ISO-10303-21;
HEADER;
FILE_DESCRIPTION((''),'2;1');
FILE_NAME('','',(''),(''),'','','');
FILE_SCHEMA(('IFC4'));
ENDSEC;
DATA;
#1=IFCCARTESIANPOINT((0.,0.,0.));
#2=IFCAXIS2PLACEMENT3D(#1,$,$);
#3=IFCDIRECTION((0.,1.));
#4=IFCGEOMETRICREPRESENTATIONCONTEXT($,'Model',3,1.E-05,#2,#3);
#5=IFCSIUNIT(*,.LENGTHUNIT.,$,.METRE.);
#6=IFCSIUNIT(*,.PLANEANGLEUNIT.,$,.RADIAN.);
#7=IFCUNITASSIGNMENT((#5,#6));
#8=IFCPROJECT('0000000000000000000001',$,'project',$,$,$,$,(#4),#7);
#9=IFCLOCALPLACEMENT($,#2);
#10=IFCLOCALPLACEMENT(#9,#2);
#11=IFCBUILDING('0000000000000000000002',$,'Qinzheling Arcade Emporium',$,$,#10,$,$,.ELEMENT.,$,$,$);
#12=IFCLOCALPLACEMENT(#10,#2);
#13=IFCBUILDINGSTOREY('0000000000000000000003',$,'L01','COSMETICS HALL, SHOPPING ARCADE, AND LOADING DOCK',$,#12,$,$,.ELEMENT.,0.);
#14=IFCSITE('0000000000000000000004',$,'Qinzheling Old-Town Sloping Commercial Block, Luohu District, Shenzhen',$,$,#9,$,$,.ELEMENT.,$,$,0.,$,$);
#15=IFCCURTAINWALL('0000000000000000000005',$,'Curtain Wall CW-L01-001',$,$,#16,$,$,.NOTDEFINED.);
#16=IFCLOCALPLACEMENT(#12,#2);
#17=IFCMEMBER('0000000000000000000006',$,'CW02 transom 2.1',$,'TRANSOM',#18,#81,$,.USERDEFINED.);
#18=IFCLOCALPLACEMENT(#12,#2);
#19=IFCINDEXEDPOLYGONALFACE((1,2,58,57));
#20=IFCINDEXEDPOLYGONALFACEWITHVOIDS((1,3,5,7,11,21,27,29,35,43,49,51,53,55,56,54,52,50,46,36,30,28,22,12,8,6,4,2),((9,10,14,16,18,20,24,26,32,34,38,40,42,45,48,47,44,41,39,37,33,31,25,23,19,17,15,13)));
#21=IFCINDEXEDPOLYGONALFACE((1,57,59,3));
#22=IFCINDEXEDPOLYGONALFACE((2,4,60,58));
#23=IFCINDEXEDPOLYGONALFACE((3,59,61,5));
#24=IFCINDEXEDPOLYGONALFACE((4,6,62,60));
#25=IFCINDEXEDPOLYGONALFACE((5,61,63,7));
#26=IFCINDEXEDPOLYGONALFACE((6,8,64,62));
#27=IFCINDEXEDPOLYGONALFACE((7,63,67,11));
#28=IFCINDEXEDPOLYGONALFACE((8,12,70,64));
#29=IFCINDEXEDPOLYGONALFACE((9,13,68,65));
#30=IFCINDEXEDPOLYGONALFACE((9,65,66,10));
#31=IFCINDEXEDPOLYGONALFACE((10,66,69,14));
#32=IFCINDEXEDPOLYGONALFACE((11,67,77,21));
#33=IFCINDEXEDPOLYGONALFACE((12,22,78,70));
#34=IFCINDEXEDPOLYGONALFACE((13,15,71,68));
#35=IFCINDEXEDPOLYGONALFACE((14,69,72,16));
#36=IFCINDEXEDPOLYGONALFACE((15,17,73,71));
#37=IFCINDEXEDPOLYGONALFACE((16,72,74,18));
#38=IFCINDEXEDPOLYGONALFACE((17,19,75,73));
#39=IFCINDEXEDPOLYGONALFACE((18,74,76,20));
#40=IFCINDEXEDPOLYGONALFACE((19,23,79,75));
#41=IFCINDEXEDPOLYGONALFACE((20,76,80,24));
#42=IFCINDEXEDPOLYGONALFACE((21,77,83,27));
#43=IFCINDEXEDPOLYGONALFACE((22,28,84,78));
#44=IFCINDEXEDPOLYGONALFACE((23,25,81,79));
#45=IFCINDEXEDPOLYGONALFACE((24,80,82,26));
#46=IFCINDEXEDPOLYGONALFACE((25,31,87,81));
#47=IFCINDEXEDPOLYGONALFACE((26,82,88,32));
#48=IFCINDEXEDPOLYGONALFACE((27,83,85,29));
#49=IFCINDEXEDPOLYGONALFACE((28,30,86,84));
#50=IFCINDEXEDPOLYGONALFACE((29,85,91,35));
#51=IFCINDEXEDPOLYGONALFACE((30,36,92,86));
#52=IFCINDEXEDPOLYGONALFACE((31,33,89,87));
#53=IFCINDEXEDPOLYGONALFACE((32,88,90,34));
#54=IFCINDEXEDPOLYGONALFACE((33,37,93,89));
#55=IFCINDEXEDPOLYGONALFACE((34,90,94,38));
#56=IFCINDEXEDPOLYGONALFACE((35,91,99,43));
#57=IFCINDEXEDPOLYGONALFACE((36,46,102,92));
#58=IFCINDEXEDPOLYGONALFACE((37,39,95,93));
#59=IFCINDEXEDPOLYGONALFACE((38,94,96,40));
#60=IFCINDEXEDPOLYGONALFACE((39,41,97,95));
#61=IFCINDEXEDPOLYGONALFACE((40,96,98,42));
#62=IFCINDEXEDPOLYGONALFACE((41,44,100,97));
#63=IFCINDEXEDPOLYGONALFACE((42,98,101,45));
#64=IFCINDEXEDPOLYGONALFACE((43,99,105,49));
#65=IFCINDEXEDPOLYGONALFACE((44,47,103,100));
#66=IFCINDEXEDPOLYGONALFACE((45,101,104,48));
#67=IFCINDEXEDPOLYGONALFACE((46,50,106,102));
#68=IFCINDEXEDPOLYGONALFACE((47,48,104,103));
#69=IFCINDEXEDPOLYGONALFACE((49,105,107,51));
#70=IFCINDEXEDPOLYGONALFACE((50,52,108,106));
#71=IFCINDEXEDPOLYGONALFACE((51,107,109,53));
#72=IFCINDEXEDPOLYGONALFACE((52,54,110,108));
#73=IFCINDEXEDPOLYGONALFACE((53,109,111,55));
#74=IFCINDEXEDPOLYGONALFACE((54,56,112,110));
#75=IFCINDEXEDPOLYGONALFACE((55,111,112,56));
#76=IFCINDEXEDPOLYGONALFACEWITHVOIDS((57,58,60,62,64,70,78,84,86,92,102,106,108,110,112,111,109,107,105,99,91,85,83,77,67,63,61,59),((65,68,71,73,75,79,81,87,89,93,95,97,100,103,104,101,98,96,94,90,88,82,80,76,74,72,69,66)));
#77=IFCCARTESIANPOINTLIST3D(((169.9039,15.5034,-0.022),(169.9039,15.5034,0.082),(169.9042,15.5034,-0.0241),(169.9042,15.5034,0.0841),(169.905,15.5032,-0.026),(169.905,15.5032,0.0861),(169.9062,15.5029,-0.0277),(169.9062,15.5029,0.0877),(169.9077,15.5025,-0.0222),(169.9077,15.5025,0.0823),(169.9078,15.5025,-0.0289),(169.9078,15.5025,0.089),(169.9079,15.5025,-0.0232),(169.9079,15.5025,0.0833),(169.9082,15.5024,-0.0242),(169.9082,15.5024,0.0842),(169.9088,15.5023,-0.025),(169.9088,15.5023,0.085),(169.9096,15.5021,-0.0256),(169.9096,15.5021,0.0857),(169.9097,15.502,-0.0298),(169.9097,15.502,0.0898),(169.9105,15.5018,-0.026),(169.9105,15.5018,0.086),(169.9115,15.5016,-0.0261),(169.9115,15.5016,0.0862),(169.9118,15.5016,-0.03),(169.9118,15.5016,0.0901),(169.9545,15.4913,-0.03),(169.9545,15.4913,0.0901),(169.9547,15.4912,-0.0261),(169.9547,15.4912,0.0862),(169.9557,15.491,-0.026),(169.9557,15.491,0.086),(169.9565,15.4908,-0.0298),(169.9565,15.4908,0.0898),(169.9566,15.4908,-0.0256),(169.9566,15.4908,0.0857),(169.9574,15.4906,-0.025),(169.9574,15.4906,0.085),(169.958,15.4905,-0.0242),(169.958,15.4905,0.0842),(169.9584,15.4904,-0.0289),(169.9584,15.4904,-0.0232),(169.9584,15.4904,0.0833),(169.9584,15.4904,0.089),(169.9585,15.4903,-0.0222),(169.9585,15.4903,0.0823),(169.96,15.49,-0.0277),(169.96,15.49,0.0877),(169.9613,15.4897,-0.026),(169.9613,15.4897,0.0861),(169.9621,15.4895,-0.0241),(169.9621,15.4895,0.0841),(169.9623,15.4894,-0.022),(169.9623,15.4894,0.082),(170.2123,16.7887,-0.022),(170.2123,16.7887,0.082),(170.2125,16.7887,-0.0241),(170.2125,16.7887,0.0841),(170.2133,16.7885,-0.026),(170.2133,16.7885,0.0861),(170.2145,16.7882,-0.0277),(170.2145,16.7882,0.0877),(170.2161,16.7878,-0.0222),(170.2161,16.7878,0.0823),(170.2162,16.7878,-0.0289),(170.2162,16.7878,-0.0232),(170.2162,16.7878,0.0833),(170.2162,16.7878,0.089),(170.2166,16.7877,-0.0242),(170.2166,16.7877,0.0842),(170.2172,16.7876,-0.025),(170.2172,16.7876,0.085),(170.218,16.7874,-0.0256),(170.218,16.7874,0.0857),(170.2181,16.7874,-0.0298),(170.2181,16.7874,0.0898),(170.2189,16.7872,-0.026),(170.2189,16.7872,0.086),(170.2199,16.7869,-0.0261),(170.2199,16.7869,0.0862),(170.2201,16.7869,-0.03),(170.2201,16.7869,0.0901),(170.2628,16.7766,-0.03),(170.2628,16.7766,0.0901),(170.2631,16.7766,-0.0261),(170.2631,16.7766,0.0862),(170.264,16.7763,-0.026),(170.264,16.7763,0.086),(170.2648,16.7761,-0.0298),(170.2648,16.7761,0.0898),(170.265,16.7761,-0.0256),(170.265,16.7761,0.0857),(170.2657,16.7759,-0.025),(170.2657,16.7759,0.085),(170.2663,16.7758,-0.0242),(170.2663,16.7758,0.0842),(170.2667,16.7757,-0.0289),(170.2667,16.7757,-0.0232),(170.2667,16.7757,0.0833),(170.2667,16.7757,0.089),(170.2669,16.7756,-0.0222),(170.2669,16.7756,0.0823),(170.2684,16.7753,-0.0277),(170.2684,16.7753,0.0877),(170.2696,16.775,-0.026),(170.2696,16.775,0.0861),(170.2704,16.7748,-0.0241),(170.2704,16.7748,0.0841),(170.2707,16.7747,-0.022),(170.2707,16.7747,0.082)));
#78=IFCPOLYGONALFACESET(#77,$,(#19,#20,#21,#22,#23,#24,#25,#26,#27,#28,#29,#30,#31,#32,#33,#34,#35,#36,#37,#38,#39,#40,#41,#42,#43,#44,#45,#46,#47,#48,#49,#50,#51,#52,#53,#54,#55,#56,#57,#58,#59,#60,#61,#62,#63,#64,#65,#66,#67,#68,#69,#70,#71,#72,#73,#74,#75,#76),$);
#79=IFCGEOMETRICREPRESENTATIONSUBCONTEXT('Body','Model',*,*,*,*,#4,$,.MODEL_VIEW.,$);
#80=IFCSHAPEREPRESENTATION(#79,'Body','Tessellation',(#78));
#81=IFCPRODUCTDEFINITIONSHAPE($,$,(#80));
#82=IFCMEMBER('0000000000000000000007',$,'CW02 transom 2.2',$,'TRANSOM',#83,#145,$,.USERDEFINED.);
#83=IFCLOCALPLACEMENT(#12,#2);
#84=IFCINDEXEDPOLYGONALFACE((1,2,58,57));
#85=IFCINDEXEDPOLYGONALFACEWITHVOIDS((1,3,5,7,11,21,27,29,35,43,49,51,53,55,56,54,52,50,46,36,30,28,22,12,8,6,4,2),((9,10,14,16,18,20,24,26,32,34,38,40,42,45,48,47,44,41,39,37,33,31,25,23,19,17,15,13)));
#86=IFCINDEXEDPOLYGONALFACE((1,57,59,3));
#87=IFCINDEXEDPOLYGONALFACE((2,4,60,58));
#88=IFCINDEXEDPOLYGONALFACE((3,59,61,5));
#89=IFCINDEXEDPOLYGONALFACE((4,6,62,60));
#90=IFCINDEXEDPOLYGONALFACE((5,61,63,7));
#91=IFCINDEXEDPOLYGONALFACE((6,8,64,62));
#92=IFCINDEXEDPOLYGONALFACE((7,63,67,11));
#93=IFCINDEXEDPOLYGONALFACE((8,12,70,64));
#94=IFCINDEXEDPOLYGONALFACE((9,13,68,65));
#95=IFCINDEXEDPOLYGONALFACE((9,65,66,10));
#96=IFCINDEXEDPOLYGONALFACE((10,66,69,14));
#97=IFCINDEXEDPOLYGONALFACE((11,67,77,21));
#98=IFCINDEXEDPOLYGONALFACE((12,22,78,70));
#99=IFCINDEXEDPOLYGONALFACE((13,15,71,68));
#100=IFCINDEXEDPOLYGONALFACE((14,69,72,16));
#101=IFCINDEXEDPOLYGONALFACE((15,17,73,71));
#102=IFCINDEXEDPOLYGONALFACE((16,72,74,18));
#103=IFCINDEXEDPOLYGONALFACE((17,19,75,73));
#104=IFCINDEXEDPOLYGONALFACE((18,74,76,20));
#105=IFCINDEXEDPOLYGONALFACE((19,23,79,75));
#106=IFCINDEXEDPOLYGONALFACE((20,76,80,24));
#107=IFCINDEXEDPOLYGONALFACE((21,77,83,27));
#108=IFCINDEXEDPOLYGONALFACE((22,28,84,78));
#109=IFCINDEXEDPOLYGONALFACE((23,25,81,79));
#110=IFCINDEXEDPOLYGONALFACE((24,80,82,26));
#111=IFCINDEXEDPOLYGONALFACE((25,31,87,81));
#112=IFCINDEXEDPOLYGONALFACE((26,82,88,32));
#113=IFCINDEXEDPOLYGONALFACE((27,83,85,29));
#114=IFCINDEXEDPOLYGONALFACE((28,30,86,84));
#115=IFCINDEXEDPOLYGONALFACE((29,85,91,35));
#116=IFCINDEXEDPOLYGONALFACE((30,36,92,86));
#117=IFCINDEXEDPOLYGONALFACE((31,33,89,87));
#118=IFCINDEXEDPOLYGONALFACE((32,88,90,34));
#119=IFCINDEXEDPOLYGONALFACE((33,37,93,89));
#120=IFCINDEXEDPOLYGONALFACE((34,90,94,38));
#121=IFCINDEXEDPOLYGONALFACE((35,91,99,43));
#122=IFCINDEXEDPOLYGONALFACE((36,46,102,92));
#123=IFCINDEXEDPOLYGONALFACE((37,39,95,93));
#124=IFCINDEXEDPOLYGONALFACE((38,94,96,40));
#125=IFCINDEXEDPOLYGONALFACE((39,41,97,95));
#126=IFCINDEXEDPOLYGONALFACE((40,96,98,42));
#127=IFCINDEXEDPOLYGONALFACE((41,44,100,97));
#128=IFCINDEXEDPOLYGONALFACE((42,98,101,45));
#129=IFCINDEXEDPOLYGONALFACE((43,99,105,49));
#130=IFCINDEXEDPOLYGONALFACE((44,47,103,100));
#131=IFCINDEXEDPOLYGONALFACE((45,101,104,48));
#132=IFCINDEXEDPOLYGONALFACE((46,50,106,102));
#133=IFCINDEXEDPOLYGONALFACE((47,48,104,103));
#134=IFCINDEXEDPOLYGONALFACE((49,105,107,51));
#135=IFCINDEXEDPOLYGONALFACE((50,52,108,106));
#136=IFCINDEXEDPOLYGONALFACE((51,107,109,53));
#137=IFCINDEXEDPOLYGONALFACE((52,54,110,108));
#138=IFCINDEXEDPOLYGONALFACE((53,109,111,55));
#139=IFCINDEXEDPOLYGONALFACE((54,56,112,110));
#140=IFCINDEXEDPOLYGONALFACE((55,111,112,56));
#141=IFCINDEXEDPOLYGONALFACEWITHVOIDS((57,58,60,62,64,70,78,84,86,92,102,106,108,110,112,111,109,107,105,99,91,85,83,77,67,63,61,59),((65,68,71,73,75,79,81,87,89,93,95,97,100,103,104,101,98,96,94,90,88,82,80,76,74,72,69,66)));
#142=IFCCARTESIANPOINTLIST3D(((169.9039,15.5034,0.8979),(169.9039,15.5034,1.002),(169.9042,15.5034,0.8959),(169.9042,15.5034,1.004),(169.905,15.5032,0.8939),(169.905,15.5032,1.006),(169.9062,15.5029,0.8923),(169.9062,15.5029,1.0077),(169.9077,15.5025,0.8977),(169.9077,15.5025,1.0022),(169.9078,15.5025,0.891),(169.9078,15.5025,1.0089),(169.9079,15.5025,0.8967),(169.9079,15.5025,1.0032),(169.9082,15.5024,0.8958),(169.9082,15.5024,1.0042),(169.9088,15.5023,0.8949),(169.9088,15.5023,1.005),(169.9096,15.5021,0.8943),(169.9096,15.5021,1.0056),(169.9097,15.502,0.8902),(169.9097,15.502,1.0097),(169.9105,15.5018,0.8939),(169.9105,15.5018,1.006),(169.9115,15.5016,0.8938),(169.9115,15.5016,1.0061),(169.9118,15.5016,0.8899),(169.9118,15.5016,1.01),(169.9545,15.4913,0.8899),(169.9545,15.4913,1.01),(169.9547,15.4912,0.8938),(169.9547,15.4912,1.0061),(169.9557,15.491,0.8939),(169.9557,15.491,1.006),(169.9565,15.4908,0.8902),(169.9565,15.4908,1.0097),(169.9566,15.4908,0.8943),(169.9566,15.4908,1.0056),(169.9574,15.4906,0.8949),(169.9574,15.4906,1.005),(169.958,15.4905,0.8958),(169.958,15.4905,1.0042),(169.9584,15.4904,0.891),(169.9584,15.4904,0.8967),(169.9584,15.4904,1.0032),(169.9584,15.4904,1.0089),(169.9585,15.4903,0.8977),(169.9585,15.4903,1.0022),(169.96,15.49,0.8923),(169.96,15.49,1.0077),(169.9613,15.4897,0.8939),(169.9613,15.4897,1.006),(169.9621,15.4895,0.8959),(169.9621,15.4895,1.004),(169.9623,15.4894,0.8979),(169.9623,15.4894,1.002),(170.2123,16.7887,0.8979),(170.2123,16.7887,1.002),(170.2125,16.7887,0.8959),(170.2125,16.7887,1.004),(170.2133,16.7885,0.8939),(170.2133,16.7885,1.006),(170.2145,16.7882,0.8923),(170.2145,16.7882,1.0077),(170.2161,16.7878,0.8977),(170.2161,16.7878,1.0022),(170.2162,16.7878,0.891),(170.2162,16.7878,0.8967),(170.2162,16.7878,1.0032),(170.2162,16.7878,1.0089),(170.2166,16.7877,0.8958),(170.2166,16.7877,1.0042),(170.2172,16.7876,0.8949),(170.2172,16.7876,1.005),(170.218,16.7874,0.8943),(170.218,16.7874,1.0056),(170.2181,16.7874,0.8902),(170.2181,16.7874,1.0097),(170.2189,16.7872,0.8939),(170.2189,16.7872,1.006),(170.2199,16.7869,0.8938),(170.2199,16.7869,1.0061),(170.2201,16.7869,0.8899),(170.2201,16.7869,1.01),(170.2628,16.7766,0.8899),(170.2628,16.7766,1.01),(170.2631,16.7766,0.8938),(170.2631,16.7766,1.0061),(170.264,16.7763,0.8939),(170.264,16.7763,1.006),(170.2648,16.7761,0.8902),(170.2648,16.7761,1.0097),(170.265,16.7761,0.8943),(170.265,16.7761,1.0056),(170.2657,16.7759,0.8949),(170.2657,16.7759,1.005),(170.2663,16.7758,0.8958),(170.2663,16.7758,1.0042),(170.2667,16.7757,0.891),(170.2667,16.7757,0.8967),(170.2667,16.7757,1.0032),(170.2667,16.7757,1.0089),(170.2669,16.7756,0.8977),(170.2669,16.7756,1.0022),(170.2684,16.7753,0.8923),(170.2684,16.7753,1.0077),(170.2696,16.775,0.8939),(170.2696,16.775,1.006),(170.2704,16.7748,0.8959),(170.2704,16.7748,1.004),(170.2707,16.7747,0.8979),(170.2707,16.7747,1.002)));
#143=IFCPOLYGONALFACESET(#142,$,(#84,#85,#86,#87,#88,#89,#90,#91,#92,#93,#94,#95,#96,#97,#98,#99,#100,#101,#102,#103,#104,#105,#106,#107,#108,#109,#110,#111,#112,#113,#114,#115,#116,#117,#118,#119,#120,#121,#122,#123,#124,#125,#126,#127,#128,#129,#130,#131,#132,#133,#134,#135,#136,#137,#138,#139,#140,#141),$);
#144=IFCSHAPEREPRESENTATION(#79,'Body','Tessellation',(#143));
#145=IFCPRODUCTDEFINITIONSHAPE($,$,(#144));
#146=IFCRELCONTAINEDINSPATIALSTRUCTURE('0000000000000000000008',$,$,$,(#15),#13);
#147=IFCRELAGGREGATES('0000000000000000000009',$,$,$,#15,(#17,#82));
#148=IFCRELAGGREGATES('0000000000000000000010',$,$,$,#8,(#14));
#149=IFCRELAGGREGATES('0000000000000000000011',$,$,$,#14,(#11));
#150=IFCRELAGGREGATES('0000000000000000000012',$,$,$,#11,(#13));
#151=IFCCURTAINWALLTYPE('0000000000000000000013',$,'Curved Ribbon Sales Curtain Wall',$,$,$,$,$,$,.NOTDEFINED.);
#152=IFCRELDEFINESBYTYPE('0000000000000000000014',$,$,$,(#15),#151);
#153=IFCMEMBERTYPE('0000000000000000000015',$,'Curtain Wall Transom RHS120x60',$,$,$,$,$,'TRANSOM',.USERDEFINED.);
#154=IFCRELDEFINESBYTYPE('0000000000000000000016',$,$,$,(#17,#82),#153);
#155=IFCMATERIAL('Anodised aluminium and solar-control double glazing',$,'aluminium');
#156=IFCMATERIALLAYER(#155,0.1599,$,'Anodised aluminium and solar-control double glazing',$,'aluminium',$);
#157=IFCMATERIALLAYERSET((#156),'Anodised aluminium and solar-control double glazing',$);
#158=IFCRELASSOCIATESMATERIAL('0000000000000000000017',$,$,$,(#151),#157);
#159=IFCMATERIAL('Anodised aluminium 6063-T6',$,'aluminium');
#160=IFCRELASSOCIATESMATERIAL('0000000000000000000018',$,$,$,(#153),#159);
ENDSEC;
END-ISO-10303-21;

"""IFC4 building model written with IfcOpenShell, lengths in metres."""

from ifc_helpers import new_model, si_unit, direction, frame, origin, origin_2d, place, context, subcontext, project, spatial, hollow_rectangle, extrude, material, layer, layer_set, material_profile, profile_set, type_object, element, aggregate, save


model = new_model("IFC4")

# Units and contexts
model_context = context("Model", 3, precision=1e-05, world=origin(), true_north=direction((0.0, 1.0)))
body_context = subcontext(model_context, "Body", "Model", "MODEL_VIEW")
ifc_project = project(units=[si_unit("LENGTHUNIT", "METRE"), si_unit("PLANEANGLEUNIT", "RADIAN")], contexts=[model_context])

# Site, building, storey
site_placement = place(None, origin())
site = spatial("IfcSite", under=ifc_project, at=site_placement, Name="Qinzheling Old-Town Sloping Commercial Block, Luohu District, Shenzhen", CompositionType="ELEMENT", RefElevation=0.0)
building_placement = place(site_placement, origin())
building = spatial("IfcBuilding", under=site, at=building_placement, Name="Qinzheling Arcade Emporium", CompositionType="ELEMENT")
storey_placement = place(building_placement, origin())
storey = spatial("IfcBuildingStorey", under=building, at=storey_placement, Name="L01", Description="COSMETICS HALL, SHOPPING ARCADE, AND LOADING DOCK", CompositionType="ELEMENT", Elevation=0.0)

# Curtain wall
ifc_material_1 = material(Name="Anodised aluminium and solar-control double glazing", Category="aluminium")
ifc_layer_1 = layer(ifc_material_1, 0.1599, Name="Anodised aluminium and solar-control double glazing", Category="aluminium")
ifc_layer_set_1 = layer_set([ifc_layer_1], Name="Anodised aluminium and solar-control double glazing")
curtain_wall_type = type_object("IfcCurtainWallType", Name="Curved Ribbon Sales Curtain Wall", PredefinedType="NOTDEFINED", material=ifc_layer_set_1)
curtain_wall_1_placement = place(storey_placement, origin())
curtain_wall_1 = element("IfcCurtainWall", 1, at=curtain_wall_1_placement, inside=storey, type_object=curtain_wall_type, Name="Curtain Wall CW-L01-001", PredefinedType="NOTDEFINED")
ifc_material_2 = material(Name="Anodised aluminium 6063-T6", Category="aluminium")

# Members
ifc_material_profile_1 = material_profile(ifc_material_2, hollow_rectangle(XDim=0.0601, YDim=0.1201, WallThickness=0.0039, InnerFilletRadius=0.0039, OuterFilletRadius=0.0081, at=origin_2d()), Name="RHS 120x60x4", Category="aluminium")
ifc_profile_set_1 = profile_set([ifc_material_profile_1], Name="Anodised aluminium 6063-T6")
member_type_1 = type_object("IfcMemberType", Name="Curtain Wall Transom RHS120x60", ElementType="TRANSOM", PredefinedType="USERDEFINED", material=ifc_profile_set_1)
member_1_placement = place(storey_placement, frame((170.2415, 16.7817, 0.03), z_axis=(-0.233268, -0.972412, 0.0), x_axis=(0.972412, -0.233268, 0.0)))
member_1 = element("IfcMember", 2, at=member_1_placement, type_object=member_type_1, Name="CW02 transom 2.1", ObjectType="TRANSOM", PredefinedType="USERDEFINED", context=body_context, shape_type="SweptSolid", body=[
    extrude(hollow_rectangle(XDim=0.0601, YDim=0.1201, WallThickness=0.0039, InnerFilletRadius=0.0039, OuterFilletRadius=0.0081, at=origin_2d()), origin(), (0.0, 0.0, 1.0), 1.3218),
])
member_2_placement = place(storey_placement, frame((170.2415, 16.7817, 0.95), z_axis=(-0.233268, -0.972412, 0.0), x_axis=(0.972412, -0.233268, 0.0)))
member_2 = element("IfcMember", 3, at=member_2_placement, type_object=member_type_1, Name="CW02 transom 2.2", ObjectType="TRANSOM", PredefinedType="USERDEFINED", context=body_context, shape_type="SweptSolid", body=[
    extrude(hollow_rectangle(XDim=0.0601, YDim=0.1201, WallThickness=0.0039, InnerFilletRadius=0.0039, OuterFilletRadius=0.0081, at=origin_2d()), origin(), (0.0, 0.0, 1.0), 1.3218),
])

aggregate(curtain_wall_1, [member_1, member_2])

save(model, "model.ifc")
